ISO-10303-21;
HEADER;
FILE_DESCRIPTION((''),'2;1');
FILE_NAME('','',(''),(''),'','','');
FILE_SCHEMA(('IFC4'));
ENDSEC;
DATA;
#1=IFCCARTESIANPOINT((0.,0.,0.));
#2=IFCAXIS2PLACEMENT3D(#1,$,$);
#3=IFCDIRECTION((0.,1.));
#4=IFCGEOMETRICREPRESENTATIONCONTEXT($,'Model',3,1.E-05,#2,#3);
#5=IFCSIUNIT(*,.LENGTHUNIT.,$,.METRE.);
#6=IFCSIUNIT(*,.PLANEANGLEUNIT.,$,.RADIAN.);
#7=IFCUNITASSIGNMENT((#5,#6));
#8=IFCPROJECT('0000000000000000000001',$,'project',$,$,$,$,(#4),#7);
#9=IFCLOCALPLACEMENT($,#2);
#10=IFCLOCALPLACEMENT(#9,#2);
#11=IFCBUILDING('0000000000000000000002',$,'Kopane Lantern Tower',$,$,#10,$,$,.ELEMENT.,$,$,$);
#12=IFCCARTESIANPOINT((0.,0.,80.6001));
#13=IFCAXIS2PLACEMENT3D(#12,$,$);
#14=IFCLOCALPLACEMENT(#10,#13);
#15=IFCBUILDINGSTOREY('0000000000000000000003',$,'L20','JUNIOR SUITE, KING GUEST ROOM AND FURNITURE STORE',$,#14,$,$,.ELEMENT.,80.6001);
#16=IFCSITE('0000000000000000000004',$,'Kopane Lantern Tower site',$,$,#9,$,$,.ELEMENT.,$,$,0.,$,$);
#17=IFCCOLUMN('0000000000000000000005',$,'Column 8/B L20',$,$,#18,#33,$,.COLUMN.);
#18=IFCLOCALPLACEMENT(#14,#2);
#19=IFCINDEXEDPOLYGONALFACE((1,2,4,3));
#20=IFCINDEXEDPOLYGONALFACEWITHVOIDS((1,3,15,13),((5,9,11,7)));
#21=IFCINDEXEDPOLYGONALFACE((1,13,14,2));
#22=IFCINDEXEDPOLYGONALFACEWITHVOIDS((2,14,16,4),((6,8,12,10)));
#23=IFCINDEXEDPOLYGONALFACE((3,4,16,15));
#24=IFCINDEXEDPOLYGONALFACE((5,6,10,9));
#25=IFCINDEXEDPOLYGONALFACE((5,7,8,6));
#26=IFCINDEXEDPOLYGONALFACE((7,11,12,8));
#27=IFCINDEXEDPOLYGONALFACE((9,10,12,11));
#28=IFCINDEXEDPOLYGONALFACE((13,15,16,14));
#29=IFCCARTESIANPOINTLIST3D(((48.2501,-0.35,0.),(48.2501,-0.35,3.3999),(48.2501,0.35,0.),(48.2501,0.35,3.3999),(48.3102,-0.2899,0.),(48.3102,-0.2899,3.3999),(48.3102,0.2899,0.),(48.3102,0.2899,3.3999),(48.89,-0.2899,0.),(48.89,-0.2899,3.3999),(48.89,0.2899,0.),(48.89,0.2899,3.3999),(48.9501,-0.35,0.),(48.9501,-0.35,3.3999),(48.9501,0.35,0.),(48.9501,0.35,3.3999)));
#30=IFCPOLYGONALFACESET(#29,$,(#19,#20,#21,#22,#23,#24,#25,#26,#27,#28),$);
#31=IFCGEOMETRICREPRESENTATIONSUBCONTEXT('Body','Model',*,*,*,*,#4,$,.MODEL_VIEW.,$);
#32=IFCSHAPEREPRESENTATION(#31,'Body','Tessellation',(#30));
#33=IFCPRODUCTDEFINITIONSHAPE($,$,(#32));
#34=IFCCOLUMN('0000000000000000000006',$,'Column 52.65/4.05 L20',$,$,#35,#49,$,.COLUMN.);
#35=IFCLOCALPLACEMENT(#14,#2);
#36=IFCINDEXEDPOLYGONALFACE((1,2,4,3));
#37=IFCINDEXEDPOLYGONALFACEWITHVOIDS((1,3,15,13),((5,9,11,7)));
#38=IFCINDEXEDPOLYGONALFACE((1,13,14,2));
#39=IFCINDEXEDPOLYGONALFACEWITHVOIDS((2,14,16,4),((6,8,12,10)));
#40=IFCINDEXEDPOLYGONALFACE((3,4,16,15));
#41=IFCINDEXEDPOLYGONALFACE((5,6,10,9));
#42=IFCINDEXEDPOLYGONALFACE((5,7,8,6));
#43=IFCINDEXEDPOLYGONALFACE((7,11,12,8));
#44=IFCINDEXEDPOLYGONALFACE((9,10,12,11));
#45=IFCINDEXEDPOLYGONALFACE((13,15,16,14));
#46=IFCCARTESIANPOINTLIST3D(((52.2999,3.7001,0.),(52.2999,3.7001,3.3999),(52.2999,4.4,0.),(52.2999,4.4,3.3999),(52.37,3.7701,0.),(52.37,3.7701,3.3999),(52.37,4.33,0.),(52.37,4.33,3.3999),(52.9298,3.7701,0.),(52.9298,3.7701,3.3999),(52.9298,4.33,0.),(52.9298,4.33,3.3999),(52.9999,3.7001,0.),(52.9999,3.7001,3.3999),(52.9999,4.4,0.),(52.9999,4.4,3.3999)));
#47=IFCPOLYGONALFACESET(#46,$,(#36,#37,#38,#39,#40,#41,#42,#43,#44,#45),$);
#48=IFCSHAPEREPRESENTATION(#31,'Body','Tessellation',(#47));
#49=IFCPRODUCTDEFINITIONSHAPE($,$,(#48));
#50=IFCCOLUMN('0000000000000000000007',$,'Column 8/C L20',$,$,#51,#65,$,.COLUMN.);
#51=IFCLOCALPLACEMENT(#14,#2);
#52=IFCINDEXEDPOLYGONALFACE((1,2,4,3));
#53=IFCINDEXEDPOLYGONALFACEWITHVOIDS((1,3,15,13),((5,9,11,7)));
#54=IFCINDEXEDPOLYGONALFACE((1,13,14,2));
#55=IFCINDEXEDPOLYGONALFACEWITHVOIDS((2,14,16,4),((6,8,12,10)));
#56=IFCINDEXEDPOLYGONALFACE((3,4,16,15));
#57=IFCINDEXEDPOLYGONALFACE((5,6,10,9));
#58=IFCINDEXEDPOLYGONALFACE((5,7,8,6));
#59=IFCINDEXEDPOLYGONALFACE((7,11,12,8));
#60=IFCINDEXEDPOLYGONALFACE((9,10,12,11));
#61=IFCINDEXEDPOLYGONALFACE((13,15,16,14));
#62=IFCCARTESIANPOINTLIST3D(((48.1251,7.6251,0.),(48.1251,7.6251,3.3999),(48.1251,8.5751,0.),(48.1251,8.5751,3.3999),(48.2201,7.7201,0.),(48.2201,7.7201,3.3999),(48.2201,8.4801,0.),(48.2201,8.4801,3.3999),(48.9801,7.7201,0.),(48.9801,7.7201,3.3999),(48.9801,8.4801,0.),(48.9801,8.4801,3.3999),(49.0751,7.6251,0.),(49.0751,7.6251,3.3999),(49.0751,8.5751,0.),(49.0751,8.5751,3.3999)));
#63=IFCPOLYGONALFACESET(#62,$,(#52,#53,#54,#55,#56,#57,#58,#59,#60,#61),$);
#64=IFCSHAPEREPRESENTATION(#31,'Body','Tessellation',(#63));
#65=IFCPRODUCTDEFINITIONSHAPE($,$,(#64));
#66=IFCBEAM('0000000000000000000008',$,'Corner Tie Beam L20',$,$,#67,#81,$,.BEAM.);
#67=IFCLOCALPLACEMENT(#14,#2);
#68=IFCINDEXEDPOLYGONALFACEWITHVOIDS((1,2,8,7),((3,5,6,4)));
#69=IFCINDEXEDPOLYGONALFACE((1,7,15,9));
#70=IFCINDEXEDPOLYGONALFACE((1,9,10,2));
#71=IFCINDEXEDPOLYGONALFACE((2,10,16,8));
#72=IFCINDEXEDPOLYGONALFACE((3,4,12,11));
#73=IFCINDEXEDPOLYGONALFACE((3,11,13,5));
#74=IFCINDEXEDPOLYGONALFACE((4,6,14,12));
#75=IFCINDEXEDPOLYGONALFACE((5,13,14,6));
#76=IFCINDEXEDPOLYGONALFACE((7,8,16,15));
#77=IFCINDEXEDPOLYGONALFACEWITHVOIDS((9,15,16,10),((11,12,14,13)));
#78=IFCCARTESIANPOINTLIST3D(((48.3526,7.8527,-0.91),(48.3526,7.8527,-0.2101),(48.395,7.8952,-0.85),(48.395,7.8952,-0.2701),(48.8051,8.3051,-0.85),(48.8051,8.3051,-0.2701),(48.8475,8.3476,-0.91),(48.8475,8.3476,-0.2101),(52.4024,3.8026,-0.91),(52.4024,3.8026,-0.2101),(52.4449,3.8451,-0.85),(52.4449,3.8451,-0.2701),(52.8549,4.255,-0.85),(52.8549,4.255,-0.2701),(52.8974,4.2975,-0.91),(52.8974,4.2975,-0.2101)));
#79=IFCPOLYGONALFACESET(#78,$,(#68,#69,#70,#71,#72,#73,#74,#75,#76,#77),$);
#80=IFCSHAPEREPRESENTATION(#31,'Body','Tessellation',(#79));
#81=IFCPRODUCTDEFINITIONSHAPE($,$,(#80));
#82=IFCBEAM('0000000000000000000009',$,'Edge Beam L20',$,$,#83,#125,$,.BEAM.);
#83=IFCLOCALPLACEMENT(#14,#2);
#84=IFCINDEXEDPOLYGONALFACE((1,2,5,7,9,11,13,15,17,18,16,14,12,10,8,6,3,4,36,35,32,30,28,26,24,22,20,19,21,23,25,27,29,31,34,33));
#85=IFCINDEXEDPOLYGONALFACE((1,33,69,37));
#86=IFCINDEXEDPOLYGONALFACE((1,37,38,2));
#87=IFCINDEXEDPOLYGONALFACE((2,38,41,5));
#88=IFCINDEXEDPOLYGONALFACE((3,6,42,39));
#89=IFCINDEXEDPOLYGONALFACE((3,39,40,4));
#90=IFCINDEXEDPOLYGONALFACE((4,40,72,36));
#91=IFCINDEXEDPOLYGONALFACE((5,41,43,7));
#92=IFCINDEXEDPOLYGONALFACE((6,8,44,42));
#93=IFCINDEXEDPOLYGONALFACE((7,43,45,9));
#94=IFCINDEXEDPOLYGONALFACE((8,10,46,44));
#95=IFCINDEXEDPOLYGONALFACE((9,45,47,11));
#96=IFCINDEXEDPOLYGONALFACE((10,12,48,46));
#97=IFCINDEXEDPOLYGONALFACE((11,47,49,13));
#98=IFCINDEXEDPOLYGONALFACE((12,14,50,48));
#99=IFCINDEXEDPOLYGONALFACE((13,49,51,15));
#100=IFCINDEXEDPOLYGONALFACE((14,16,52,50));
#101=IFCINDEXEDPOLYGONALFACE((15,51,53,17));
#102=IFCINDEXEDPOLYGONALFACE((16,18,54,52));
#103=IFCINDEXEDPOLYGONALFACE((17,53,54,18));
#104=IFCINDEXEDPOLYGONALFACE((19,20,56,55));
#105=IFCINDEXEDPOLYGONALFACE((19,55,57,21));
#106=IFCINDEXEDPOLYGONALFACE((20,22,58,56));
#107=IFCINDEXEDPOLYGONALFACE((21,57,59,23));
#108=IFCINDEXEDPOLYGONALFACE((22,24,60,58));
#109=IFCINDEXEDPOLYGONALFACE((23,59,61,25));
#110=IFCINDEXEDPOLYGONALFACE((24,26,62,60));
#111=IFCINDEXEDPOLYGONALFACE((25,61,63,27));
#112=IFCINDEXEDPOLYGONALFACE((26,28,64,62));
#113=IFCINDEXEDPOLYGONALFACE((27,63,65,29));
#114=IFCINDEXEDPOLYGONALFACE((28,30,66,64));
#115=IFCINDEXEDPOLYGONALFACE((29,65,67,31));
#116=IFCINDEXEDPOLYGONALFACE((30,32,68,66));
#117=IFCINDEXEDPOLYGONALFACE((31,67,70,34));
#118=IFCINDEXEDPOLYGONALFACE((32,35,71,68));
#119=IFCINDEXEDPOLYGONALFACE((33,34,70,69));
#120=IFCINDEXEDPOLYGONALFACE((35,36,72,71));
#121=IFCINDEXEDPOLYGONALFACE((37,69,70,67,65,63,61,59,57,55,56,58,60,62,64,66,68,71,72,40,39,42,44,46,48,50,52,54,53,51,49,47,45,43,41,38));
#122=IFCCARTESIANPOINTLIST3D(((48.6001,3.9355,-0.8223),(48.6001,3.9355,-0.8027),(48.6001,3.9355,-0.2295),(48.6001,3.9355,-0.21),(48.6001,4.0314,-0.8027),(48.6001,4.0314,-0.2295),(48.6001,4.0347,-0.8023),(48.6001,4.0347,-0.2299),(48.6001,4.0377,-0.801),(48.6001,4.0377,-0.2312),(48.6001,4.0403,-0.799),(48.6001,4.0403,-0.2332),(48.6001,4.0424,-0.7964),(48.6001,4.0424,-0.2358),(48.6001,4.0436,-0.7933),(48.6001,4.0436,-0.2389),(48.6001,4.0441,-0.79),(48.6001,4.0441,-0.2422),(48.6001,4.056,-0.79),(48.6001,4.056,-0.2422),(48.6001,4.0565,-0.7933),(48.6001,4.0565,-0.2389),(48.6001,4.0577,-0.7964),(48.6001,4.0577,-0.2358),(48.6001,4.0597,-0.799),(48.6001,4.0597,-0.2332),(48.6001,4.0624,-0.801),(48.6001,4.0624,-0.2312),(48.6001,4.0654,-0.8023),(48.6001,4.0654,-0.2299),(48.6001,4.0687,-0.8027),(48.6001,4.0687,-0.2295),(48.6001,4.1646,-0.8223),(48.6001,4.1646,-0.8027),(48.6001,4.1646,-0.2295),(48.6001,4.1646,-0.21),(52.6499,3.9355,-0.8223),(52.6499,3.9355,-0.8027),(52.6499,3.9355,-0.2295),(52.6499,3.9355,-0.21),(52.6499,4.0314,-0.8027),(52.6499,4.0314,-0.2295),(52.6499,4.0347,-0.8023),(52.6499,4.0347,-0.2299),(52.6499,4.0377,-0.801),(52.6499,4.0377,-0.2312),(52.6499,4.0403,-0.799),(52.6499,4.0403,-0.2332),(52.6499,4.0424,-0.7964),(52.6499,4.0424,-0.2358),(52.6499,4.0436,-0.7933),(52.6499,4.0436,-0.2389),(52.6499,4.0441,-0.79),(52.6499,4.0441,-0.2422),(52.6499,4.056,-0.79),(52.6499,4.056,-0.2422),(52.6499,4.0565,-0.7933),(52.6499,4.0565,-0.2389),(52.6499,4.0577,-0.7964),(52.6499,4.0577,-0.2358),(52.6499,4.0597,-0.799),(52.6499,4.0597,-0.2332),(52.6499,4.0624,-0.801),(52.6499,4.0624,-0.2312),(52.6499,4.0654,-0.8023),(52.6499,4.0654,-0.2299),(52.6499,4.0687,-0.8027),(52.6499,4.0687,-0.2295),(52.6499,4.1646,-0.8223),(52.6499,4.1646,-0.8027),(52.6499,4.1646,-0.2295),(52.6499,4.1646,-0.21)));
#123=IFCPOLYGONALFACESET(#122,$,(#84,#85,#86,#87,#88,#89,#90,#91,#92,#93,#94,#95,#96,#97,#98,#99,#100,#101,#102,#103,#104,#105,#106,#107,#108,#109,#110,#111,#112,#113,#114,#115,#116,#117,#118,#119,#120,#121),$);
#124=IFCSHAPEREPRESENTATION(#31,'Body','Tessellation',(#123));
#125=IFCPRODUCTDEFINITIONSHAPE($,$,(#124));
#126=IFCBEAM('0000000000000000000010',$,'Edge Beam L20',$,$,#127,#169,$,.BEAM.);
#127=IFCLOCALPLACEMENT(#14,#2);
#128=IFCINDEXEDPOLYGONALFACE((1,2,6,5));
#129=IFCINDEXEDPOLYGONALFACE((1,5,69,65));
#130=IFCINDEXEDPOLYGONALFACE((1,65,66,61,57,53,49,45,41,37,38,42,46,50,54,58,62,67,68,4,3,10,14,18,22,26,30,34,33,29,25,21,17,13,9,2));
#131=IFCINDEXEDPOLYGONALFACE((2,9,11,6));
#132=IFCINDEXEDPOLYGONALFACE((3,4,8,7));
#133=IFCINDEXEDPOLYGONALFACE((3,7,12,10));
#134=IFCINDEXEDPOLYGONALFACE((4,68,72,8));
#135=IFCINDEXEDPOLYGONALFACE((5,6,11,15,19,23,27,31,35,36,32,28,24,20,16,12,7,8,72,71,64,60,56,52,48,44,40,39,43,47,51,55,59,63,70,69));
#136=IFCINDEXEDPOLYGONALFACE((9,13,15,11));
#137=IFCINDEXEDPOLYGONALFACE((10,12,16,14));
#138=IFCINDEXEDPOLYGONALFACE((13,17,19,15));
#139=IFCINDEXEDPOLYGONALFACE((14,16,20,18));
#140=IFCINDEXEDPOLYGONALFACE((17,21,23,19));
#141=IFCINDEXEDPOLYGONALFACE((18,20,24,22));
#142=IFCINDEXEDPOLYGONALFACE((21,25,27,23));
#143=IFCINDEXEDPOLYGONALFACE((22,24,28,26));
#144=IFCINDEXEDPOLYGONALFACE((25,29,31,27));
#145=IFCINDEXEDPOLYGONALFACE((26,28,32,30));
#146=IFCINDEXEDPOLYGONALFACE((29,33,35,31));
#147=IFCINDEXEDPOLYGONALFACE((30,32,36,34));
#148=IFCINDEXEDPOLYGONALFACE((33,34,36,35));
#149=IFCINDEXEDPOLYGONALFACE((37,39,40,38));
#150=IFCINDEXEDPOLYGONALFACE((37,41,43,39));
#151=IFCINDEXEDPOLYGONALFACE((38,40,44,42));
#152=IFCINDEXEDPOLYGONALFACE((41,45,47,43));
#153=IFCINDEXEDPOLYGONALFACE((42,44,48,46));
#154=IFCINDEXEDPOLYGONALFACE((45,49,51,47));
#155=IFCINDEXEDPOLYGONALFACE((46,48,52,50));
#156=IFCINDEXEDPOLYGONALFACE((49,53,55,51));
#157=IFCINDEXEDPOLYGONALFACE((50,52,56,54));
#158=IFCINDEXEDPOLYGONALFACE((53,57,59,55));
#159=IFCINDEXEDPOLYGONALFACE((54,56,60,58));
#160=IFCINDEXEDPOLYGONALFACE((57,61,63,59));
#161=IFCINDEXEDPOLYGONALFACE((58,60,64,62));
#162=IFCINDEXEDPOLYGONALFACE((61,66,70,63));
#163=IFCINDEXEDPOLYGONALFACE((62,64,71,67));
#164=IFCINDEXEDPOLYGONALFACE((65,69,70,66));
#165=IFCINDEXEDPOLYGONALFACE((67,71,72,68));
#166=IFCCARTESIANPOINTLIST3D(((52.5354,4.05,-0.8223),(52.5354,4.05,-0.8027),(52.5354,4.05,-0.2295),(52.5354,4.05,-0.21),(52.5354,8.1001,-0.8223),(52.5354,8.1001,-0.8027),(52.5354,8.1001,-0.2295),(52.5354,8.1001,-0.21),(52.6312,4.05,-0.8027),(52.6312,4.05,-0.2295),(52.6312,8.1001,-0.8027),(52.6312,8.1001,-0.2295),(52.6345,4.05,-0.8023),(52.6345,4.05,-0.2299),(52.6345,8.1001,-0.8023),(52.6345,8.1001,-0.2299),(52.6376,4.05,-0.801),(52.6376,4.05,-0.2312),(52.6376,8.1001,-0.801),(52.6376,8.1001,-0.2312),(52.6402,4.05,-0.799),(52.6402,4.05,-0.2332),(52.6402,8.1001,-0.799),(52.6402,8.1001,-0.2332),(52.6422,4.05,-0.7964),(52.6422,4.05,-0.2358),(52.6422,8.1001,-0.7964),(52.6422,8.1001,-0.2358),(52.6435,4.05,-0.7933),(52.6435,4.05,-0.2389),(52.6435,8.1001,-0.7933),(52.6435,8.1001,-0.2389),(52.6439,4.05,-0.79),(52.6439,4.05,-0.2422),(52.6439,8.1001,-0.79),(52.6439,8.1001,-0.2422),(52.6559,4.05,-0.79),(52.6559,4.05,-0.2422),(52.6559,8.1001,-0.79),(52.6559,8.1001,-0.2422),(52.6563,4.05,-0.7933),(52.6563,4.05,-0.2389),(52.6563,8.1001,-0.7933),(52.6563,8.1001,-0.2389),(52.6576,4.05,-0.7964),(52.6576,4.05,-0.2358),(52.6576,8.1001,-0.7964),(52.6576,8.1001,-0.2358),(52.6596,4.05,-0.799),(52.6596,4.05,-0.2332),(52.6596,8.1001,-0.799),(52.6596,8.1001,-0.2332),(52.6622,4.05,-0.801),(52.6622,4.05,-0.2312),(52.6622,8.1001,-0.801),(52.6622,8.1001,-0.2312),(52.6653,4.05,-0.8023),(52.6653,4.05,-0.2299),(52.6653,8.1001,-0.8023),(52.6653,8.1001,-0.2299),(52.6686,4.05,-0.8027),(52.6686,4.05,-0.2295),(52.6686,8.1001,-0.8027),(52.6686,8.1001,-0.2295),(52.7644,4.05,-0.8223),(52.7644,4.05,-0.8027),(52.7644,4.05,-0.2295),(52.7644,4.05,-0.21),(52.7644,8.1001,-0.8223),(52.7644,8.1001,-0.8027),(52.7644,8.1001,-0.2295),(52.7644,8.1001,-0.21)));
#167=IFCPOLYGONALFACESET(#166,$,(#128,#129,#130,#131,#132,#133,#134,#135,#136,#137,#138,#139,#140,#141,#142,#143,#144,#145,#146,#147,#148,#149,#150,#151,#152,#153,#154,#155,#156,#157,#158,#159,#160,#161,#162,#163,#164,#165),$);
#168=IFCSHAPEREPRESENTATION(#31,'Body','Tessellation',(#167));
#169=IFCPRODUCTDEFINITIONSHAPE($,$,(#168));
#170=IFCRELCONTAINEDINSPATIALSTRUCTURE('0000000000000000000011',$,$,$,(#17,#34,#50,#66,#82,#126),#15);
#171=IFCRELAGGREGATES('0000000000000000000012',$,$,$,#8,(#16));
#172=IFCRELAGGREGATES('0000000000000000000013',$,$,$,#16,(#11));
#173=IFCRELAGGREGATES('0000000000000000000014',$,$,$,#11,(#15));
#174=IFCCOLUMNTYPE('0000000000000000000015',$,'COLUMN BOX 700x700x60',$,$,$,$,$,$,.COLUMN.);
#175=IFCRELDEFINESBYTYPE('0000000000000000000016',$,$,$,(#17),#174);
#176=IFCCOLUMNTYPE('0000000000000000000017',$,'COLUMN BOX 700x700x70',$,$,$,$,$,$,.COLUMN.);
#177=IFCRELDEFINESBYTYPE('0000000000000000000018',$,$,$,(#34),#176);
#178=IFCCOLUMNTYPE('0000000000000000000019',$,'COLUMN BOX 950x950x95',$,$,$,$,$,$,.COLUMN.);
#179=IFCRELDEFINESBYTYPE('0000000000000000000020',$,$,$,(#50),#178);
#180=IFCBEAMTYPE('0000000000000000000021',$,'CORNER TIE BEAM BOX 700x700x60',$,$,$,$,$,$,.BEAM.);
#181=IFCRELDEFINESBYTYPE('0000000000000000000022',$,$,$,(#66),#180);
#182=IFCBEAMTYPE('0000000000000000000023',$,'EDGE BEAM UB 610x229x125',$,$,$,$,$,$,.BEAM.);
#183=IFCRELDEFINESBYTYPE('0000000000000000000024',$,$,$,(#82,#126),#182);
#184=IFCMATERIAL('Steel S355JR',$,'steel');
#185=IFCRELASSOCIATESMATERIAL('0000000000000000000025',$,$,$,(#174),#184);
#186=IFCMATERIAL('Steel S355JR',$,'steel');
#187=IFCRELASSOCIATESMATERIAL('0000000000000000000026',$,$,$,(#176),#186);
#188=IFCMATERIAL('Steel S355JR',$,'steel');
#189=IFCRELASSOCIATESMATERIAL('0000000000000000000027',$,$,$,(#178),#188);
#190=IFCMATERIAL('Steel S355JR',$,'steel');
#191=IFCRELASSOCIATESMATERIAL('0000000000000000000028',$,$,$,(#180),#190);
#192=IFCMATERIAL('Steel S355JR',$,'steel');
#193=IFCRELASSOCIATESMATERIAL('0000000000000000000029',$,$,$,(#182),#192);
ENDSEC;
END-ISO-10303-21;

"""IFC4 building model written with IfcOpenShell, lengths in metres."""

from ifc_helpers import new_model, si_unit, direction, frame, origin, origin_2d, place, context, subcontext, project, spatial, hollow_rectangle, i_section, extrude, material, material_profile, profile_set, type_object, element, save


model = new_model("IFC4")

# Units and contexts
model_context = context("Model", 3, precision=1e-05, world=origin(), true_north=direction((0.0, 1.0)))
body_context = subcontext(model_context, "Body", "Model", "MODEL_VIEW")
ifc_project = project(units=[si_unit("LENGTHUNIT", "METRE"), si_unit("PLANEANGLEUNIT", "RADIAN")], contexts=[model_context])

# Site, building, storey
site_placement = place(None, origin())
site = spatial("IfcSite", under=ifc_project, at=site_placement, Name="Kopane Lantern Tower site", CompositionType="ELEMENT", RefElevation=0.0)
building_placement = place(site_placement, origin())
building = spatial("IfcBuilding", under=site, at=building_placement, Name="Kopane Lantern Tower", CompositionType="ELEMENT")
storey_placement = place(building_placement, frame((0.0, 0.0, 80.6001)))
storey = spatial("IfcBuildingStorey", under=building, at=storey_placement, Name="L20", Description="JUNIOR SUITE, KING GUEST ROOM AND FURNITURE STORE", CompositionType="ELEMENT", Elevation=80.6001)

# Columns
ifc_material_1 = material(Name="Steel S355JR", Category="steel")
ifc_material_profile_1 = material_profile(ifc_material_1, hollow_rectangle(XDim=0.7, YDim=0.7, WallThickness=0.0601, at=origin_2d()), Name="BOX 700x700x60")
ifc_profile_set_1 = profile_set([ifc_material_profile_1], Name="Steel S355JR")
column_type_1 = type_object("IfcColumnType", Name="COLUMN BOX 700x700x60", PredefinedType="COLUMN", material=ifc_profile_set_1)
column_1_placement = place(storey_placement, frame((48.6001, 0.0, 0.0), z_axis=(0.0, 0.0, 1.0), x_axis=(1.0, 0.0, 0.0)))
element("IfcColumn", 1, at=column_1_placement, inside=storey, type_object=column_type_1, Name="Column 8/B L20", PredefinedType="COLUMN", context=body_context, shape_type="SweptSolid", body=[
    extrude(hollow_rectangle(XDim=0.7, YDim=0.7, WallThickness=0.0601, at=origin_2d()), origin(), (0.0, 0.0, 1.0), 3.3999),
])
ifc_material_2 = material(Name="Steel S355JR", Category="steel")
ifc_material_profile_2 = material_profile(ifc_material_2, hollow_rectangle(XDim=0.7, YDim=0.7, WallThickness=0.0701, at=origin_2d()), Name="BOX 700x700x70")
ifc_profile_set_2 = profile_set([ifc_material_profile_2], Name="Steel S355JR")
column_type_2 = type_object("IfcColumnType", Name="COLUMN BOX 700x700x70", PredefinedType="COLUMN", material=ifc_profile_set_2)
column_2_placement = place(storey_placement, frame((52.6499, 4.05, 0.0), z_axis=(0.0, 0.0, 1.0), x_axis=(1.0, 0.0, 0.0)))
element("IfcColumn", 2, at=column_2_placement, inside=storey, type_object=column_type_2, Name="Column 52.65/4.05 L20", PredefinedType="COLUMN", context=body_context, shape_type="SweptSolid", body=[
    extrude(hollow_rectangle(XDim=0.7, YDim=0.7, WallThickness=0.0701, at=origin_2d()), origin(), (0.0, 0.0, 1.0), 3.3999),
])
ifc_material_3 = material(Name="Steel S355JR", Category="steel")
ifc_material_profile_3 = material_profile(ifc_material_3, hollow_rectangle(XDim=0.95, YDim=0.95, WallThickness=0.095, at=origin_2d()), Name="BOX 950x950x95")
ifc_profile_set_3 = profile_set([ifc_material_profile_3], Name="Steel S355JR")
column_type_3 = type_object("IfcColumnType", Name="COLUMN BOX 950x950x95", PredefinedType="COLUMN", material=ifc_profile_set_3)
column_3_placement = place(storey_placement, frame((48.6001, 8.1001, 0.0), z_axis=(0.0, 0.0, 1.0), x_axis=(1.0, 0.0, 0.0)))
element("IfcColumn", 3, at=column_3_placement, inside=storey, type_object=column_type_3, Name="Column 8/C L20", PredefinedType="COLUMN", context=body_context, shape_type="SweptSolid", body=[
    extrude(hollow_rectangle(XDim=0.95, YDim=0.95, WallThickness=0.095, at=origin_2d()), origin(), (0.0, 0.0, 1.0), 3.3999),
])

# Beams
ifc_material_4 = material(Name="Steel S355JR", Category="steel")
ifc_material_profile_4 = material_profile(ifc_material_4, hollow_rectangle(XDim=0.7, YDim=0.7, WallThickness=0.0601, at=origin_2d()), Name="BOX 700x700x60")
ifc_profile_set_4 = profile_set([ifc_material_profile_4], Name="Steel S355JR")
beam_type_1 = type_object("IfcBeamType", Name="CORNER TIE BEAM BOX 700x700x60", PredefinedType="BEAM", material=ifc_profile_set_4)
beam_1_placement = place(storey_placement, frame((52.6499, 4.05, -0.5601), z_axis=(-0.707085, 0.707128, 0.0), x_axis=(-0.707128, -0.707085, 0.0)))
element("IfcBeam", 4, at=beam_1_placement, inside=storey, type_object=beam_type_1, Name="Corner Tie Beam L20", PredefinedType="BEAM", context=body_context, shape_type="SweptSolid", body=[
    extrude(hollow_rectangle(XDim=0.7, YDim=0.7, WallThickness=0.0601, at=origin_2d()), origin(), (0.0, 0.0, 1.0), 5.7275),
])
ifc_material_5 = material(Name="Steel S355JR", Category="steel")
ifc_material_profile_5 = material_profile(ifc_material_5, i_section(OverallWidth=0.229, OverallDepth=0.6123, WebThickness=0.012, FlangeThickness=0.0195, FilletRadius=0.0127, at=origin_2d()), Name="UB 610x229x125")
ifc_profile_set_5 = profile_set([ifc_material_profile_5], Name="Steel S355JR")
beam_type_2 = type_object("IfcBeamType", Name="EDGE BEAM UB 610x229x125", PredefinedType="BEAM", material=ifc_profile_set_5)
beam_2_placement = place(storey_placement, frame((52.6499, 4.05, -0.5161), z_axis=(-1.0, 0.0, 0.0), x_axis=(0.0, -1.0, 0.0)))
element("IfcBeam", 5, at=beam_2_placement, inside=storey, type_object=beam_type_2, Name="Edge Beam L20", PredefinedType="BEAM", context=body_context, shape_type="SweptSolid", body=[
    extrude(i_section(OverallWidth=0.229, OverallDepth=0.6123, WebThickness=0.012, FlangeThickness=0.0195, FilletRadius=0.0127, at=origin_2d()), origin(), (0.0, 0.0, 1.0), 4.0498),
])
beam_3_placement = place(storey_placement, frame((52.6499, 4.05, -0.5161), z_axis=(0.0, 1.0, 0.0), x_axis=(-1.0, 0.0, 0.0)))
element("IfcBeam", 6, at=beam_3_placement, inside=storey, type_object=beam_type_2, Name="Edge Beam L20", PredefinedType="BEAM", context=body_context, shape_type="SweptSolid", body=[
    extrude(i_section(OverallWidth=0.229, OverallDepth=0.6123, WebThickness=0.012, FlangeThickness=0.0195, FilletRadius=0.0127, at=origin_2d()), origin(), (0.0, 0.0, 1.0), 4.05),
])

save(model, "model.ifc")
